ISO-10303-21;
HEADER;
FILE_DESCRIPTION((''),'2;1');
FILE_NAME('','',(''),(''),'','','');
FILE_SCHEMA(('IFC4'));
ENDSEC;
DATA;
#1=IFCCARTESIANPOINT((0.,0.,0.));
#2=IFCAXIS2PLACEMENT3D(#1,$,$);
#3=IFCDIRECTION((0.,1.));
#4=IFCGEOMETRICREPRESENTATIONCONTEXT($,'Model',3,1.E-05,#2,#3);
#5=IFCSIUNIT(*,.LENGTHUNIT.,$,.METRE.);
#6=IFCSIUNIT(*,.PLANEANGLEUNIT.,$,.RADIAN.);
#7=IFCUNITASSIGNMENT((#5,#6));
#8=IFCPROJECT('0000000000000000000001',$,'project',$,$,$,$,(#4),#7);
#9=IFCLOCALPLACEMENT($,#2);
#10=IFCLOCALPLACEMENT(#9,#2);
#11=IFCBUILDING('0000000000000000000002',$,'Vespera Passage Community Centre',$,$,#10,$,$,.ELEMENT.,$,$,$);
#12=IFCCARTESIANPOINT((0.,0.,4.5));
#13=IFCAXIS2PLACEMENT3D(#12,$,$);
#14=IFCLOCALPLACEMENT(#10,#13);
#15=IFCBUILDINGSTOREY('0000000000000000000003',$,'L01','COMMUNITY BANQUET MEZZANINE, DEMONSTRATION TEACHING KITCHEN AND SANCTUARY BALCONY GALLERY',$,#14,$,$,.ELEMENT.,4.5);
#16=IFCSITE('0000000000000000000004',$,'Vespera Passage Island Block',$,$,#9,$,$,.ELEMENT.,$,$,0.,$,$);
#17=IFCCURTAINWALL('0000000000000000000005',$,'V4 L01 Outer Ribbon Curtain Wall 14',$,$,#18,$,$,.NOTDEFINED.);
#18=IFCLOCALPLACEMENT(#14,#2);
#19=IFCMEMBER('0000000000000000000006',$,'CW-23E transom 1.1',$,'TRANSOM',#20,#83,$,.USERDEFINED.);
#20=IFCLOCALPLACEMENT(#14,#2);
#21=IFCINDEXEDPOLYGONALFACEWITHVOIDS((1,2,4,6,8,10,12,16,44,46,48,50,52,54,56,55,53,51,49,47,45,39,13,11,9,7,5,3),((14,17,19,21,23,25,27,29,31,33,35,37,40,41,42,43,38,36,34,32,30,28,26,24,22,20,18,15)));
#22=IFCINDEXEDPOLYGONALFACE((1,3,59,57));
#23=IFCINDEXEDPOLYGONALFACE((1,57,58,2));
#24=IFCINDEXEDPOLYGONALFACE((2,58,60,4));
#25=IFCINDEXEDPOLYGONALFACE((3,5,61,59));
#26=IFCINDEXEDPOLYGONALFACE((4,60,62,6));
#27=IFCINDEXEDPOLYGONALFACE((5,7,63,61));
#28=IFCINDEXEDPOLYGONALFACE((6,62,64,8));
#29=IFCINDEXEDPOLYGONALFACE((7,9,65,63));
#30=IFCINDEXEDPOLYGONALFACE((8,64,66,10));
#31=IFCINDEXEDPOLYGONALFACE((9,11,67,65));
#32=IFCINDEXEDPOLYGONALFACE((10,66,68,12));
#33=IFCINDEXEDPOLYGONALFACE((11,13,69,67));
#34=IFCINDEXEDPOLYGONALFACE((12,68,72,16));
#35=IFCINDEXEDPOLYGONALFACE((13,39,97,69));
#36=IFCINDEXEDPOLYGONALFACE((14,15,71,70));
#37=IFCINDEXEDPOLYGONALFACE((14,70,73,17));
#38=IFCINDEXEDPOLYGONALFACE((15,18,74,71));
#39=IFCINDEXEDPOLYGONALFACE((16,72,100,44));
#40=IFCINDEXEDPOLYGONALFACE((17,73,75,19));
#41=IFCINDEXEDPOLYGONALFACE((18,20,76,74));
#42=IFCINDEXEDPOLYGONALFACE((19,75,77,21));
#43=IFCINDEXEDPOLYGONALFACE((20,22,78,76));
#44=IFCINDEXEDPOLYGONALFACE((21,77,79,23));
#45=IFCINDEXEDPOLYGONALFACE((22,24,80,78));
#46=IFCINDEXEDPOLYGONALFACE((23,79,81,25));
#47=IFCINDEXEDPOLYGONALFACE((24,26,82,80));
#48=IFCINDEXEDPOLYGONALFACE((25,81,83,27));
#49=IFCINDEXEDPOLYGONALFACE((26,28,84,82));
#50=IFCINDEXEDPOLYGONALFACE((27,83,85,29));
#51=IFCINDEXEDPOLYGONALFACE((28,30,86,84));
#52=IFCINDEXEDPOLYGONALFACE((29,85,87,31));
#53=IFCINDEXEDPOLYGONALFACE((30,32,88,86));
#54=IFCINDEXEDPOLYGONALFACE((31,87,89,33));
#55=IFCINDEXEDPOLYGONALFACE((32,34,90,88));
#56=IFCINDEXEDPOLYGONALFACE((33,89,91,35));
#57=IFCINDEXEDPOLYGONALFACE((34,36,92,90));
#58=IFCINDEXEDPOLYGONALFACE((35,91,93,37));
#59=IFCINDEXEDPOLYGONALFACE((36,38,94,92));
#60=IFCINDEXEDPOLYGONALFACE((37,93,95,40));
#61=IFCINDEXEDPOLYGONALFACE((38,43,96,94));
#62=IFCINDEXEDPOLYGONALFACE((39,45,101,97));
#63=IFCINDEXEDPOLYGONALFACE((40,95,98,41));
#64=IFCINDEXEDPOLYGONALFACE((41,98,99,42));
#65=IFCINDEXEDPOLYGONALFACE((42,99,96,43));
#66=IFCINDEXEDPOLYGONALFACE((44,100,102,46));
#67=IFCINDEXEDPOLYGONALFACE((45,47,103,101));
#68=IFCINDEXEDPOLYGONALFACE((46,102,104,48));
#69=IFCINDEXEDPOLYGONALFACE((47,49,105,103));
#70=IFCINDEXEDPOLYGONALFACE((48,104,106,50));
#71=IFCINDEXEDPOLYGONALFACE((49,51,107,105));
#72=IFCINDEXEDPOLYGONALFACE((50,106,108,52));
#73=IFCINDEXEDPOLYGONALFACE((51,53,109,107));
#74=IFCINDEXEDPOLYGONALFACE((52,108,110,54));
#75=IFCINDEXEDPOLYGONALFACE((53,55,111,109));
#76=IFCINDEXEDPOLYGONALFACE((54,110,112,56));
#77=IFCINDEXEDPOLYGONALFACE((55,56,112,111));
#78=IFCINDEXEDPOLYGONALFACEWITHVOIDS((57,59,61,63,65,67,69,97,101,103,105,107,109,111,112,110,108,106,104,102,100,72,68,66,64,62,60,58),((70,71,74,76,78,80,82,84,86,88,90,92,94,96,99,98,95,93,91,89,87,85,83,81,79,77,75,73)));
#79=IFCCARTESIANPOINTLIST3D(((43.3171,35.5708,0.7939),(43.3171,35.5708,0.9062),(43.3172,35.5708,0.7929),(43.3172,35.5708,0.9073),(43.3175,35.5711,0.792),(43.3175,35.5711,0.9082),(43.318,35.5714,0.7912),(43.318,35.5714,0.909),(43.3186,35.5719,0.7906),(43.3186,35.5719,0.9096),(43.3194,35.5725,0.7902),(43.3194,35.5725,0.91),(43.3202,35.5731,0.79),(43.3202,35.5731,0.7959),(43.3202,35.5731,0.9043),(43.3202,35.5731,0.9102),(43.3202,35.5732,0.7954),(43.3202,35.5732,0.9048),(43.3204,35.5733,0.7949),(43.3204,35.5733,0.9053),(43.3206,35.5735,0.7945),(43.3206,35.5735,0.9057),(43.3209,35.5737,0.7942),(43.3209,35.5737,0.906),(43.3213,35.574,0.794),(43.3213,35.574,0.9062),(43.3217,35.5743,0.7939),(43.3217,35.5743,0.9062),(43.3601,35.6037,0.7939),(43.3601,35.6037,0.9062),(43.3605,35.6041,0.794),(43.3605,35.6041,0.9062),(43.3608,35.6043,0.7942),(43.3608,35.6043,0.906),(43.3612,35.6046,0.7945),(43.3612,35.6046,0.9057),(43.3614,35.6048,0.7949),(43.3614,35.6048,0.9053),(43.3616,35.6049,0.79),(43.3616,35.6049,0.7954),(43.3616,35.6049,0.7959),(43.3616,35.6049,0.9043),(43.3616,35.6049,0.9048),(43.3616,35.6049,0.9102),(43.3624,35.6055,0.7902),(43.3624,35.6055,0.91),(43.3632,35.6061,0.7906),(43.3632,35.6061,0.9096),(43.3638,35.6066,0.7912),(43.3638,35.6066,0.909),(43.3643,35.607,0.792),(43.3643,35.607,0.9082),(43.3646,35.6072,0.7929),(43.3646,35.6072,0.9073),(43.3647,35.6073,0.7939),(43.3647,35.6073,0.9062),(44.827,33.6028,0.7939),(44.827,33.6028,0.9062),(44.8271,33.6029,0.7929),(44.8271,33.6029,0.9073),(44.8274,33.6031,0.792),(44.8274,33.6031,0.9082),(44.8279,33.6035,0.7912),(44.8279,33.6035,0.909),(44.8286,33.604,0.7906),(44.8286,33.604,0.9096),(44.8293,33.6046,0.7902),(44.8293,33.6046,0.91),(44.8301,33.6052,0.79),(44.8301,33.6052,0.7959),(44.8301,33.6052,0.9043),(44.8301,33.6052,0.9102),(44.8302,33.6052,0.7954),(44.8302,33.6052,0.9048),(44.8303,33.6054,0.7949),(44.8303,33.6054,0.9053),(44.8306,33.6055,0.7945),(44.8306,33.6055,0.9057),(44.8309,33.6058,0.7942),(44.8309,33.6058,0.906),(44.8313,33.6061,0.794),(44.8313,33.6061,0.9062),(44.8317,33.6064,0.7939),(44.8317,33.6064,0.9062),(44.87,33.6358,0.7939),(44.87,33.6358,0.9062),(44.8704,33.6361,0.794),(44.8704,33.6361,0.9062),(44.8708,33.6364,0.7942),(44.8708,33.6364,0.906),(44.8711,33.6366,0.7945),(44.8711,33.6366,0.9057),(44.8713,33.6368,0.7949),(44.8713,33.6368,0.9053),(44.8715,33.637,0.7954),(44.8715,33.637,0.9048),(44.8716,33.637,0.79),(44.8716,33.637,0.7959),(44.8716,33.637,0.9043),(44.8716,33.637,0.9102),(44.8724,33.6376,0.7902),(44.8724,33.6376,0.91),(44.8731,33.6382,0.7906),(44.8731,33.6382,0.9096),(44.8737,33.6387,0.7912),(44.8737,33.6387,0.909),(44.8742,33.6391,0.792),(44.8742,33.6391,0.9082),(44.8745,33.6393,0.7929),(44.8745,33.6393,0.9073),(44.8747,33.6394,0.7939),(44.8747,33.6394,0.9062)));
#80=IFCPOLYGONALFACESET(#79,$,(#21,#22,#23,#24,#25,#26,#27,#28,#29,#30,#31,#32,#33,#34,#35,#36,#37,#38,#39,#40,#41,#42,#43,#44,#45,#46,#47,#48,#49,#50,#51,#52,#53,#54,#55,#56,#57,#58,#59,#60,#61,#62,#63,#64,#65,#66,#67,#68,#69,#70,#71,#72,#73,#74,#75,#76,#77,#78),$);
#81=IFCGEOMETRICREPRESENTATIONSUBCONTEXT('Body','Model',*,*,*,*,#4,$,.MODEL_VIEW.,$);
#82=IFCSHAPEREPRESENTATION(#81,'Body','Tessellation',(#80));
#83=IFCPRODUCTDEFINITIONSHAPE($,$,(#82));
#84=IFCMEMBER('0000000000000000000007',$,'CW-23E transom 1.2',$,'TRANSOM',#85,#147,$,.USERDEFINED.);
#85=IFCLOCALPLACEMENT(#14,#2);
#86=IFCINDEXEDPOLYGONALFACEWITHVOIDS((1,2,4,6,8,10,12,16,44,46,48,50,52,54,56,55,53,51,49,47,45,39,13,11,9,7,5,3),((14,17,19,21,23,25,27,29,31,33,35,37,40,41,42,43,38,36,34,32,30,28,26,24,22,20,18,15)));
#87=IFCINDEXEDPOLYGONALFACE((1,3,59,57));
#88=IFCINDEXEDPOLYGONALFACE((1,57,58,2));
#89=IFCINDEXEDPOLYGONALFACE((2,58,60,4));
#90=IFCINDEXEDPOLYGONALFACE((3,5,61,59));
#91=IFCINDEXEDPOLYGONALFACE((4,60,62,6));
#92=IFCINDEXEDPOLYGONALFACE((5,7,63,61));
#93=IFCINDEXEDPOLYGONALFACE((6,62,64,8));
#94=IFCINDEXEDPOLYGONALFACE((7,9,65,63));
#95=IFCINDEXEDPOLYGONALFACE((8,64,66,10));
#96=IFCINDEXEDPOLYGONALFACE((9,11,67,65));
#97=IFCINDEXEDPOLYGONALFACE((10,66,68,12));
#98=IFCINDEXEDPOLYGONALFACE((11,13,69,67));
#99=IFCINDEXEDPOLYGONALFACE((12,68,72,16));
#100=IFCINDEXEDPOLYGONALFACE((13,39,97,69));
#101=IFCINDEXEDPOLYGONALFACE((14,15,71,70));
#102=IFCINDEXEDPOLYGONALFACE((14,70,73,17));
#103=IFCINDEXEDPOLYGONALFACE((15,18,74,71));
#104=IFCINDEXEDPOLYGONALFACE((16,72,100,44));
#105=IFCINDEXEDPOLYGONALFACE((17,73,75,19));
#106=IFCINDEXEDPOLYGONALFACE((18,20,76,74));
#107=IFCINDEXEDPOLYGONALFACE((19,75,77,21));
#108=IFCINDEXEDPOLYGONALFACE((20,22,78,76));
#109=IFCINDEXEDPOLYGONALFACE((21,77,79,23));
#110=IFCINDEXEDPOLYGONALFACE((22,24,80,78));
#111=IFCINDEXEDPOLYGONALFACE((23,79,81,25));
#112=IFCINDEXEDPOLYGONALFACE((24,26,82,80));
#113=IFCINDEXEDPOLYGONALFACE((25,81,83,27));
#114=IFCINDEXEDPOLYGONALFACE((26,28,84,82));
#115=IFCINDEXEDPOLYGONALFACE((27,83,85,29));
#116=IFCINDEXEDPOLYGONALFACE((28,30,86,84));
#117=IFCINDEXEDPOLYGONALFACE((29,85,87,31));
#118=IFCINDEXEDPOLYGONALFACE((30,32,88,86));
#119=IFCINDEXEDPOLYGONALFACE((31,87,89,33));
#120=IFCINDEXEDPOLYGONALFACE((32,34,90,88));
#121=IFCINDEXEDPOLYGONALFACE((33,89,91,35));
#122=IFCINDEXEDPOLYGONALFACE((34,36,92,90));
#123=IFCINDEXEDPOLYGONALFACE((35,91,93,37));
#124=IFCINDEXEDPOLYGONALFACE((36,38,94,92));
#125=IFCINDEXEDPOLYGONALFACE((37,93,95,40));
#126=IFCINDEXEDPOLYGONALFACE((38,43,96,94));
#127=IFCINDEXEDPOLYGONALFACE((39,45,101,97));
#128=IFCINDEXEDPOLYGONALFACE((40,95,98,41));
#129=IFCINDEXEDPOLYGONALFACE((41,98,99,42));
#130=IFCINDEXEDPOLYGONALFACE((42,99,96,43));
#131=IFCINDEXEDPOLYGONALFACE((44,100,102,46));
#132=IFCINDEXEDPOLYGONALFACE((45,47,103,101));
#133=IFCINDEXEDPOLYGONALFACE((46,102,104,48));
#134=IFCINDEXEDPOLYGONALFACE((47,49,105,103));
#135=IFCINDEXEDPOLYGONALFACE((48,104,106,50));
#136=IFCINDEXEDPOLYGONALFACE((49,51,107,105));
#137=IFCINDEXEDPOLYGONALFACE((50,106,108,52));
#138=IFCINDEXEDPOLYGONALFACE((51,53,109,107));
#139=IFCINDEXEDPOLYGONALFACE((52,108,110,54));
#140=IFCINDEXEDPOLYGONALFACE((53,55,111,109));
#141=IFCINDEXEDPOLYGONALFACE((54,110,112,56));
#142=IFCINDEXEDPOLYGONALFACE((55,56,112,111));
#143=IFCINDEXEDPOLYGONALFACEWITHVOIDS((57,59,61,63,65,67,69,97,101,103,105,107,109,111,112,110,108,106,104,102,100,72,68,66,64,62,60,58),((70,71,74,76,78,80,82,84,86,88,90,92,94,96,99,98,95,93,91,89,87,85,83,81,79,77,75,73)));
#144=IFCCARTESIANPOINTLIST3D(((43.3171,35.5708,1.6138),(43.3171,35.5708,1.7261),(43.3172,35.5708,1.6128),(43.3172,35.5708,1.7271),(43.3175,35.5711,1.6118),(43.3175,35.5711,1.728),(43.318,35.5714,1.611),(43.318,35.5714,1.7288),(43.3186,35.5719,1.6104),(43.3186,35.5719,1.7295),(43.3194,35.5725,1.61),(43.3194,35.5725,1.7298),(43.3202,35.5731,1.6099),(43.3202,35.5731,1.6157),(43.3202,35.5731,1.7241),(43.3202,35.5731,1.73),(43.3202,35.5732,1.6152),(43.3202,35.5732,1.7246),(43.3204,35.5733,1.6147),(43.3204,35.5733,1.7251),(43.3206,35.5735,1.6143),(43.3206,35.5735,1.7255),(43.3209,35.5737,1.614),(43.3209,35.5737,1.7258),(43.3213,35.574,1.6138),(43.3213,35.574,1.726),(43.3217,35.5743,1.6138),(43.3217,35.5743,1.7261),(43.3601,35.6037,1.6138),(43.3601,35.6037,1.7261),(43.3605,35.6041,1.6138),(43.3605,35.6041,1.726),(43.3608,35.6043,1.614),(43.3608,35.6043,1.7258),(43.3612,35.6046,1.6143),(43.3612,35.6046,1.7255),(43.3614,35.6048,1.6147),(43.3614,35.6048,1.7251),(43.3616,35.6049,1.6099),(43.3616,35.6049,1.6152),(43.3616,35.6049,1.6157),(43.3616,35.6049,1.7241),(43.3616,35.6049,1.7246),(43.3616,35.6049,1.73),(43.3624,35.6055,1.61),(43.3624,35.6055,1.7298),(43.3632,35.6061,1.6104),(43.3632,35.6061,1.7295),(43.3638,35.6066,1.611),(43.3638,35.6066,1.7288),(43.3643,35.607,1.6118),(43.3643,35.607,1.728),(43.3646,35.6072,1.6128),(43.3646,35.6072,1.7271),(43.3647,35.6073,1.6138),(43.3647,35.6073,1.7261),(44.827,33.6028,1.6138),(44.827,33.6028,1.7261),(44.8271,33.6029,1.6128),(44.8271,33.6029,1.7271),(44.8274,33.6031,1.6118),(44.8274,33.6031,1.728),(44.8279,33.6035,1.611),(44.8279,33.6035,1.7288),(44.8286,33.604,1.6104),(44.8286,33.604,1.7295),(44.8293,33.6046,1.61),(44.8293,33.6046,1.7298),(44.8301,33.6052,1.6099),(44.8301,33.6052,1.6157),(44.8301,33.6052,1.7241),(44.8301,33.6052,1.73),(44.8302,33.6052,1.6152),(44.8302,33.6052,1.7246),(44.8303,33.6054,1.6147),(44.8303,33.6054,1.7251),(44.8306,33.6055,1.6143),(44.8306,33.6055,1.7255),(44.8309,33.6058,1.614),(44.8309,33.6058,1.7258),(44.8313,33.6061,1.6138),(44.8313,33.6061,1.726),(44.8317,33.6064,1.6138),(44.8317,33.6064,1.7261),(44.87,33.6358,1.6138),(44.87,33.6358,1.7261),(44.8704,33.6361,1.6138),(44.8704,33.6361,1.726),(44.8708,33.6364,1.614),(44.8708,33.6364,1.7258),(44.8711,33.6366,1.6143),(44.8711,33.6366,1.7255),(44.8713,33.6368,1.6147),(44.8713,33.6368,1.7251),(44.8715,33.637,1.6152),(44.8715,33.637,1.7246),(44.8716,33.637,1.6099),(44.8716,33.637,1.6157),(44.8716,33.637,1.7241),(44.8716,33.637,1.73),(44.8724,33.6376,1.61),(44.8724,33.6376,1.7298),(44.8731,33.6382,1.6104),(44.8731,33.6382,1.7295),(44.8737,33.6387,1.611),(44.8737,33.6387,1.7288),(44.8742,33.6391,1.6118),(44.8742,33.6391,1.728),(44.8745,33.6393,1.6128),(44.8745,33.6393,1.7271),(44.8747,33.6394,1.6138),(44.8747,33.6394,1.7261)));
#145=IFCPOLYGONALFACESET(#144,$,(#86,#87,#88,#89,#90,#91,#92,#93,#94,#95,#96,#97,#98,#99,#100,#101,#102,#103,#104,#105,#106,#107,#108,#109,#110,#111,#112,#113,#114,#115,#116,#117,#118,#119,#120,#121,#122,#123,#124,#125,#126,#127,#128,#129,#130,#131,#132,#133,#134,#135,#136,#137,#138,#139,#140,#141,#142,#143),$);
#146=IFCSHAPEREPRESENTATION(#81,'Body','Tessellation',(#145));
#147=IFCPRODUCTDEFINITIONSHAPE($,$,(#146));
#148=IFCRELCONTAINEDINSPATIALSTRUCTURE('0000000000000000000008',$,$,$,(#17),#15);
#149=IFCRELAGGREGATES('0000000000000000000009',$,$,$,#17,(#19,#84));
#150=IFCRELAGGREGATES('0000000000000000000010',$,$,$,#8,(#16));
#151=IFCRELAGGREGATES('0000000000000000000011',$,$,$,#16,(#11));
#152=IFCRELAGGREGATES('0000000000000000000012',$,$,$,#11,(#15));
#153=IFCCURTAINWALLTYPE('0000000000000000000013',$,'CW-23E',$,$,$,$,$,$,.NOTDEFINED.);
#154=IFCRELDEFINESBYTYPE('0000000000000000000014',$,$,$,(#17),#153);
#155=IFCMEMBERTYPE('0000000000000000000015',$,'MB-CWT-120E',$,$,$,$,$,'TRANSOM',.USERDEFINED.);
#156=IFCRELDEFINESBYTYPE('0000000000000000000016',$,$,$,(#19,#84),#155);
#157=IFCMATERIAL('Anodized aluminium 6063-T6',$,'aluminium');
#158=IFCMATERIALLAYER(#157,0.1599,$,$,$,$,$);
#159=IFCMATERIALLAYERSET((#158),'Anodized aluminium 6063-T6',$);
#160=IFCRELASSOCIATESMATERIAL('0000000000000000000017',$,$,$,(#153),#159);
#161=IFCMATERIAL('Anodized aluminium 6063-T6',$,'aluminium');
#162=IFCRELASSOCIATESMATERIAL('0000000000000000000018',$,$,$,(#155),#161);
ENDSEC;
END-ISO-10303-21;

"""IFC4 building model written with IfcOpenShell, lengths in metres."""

from ifc_helpers import new_model, si_unit, direction, frame, origin, origin_2d, place, context, subcontext, project, spatial, hollow_rectangle, extrude, material, layer, layer_set, material_profile, profile_set, type_object, element, aggregate, save


model = new_model("IFC4")

# Units and contexts
model_context = context("Model", 3, precision=1e-05, world=origin(), true_north=direction((0.0, 1.0)))
body_context = subcontext(model_context, "Body", "Model", "MODEL_VIEW")
ifc_project = project(units=[si_unit("LENGTHUNIT", "METRE"), si_unit("PLANEANGLEUNIT", "RADIAN")], contexts=[model_context])

# Site, building, storey
site_placement = place(None, origin())
site = spatial("IfcSite", under=ifc_project, at=site_placement, Name="Vespera Passage Island Block", CompositionType="ELEMENT", RefElevation=0.0)
building_placement = place(site_placement, origin())
building = spatial("IfcBuilding", under=site, at=building_placement, Name="Vespera Passage Community Centre", CompositionType="ELEMENT")
storey_placement = place(building_placement, frame((0.0, 0.0, 4.5)))
storey = spatial("IfcBuildingStorey", under=building, at=storey_placement, Name="L01", Description="COMMUNITY BANQUET MEZZANINE, DEMONSTRATION TEACHING KITCHEN AND SANCTUARY BALCONY GALLERY", CompositionType="ELEMENT", Elevation=4.5)

# Curtain wall, members
ifc_material_1 = material(Name="Anodized aluminium 6063-T6", Category="aluminium")
ifc_layer_1 = layer(ifc_material_1, 0.1599)
ifc_layer_set_1 = layer_set([ifc_layer_1], Name="Anodized aluminium 6063-T6")
curtain_wall_type = type_object("IfcCurtainWallType", Name="CW-23E", PredefinedType="NOTDEFINED", material=ifc_layer_set_1)
curtain_wall_placement = place(storey_placement, origin())
curtain_wall = element("IfcCurtainWall", 1, at=curtain_wall_placement, inside=storey, type_object=curtain_wall_type, Name="V4 L01 Outer Ribbon Curtain Wall 14", PredefinedType="NOTDEFINED")
ifc_material_2 = material(Name="Anodized aluminium 6063-T6", Category="aluminium")
ifc_material_profile_1 = material_profile(ifc_material_2, hollow_rectangle(XDim=0.0601, YDim=0.1201, WallThickness=0.0039, InnerFilletRadius=0.002, OuterFilletRadius=0.0039, at=origin_2d()), Name="ALU120X60X4")
ifc_profile_set_1 = profile_set([ifc_material_profile_1], Name="Anodized aluminium 6063-T6")
member_type_1 = type_object("IfcMemberType", Name="MB-CWT-120E", ElementType="TRANSOM", PredefinedType="USERDEFINED", material=ifc_profile_set_1)
member_1_placement = place(storey_placement, frame((44.8508, 33.6211, 0.8501), z_axis=(-0.608735, 0.793373, 0.0), x_axis=(-0.793373, -0.608735, 0.0)))
member_1 = element("IfcMember", 2, at=member_1_placement, type_object=member_type_1, Name="CW-23E transom 1.1", ObjectType="TRANSOM", PredefinedType="USERDEFINED", context=body_context, shape_type="SweptSolid", body=[
    extrude(hollow_rectangle(XDim=0.0601, YDim=0.1201, WallThickness=0.0039, InnerFilletRadius=0.002, OuterFilletRadius=0.0039, at=origin_2d()), origin(), (0.0, 0.0, 1.0), 2.4805),
])
member_2_placement = place(storey_placement, frame((44.8508, 33.6211, 1.6699), z_axis=(-0.608735, 0.793373, 0.0), x_axis=(-0.793373, -0.608735, 0.0)))
member_2 = element("IfcMember", 3, at=member_2_placement, type_object=member_type_1, Name="CW-23E transom 1.2", ObjectType="TRANSOM", PredefinedType="USERDEFINED", context=body_context, shape_type="SweptSolid", body=[
    extrude(hollow_rectangle(XDim=0.0601, YDim=0.1201, WallThickness=0.0039, InnerFilletRadius=0.002, OuterFilletRadius=0.0039, at=origin_2d()), origin(), (0.0, 0.0, 1.0), 2.4805),
])
aggregate(curtain_wall, [member_1, member_2])

save(model, "model.ifc")
